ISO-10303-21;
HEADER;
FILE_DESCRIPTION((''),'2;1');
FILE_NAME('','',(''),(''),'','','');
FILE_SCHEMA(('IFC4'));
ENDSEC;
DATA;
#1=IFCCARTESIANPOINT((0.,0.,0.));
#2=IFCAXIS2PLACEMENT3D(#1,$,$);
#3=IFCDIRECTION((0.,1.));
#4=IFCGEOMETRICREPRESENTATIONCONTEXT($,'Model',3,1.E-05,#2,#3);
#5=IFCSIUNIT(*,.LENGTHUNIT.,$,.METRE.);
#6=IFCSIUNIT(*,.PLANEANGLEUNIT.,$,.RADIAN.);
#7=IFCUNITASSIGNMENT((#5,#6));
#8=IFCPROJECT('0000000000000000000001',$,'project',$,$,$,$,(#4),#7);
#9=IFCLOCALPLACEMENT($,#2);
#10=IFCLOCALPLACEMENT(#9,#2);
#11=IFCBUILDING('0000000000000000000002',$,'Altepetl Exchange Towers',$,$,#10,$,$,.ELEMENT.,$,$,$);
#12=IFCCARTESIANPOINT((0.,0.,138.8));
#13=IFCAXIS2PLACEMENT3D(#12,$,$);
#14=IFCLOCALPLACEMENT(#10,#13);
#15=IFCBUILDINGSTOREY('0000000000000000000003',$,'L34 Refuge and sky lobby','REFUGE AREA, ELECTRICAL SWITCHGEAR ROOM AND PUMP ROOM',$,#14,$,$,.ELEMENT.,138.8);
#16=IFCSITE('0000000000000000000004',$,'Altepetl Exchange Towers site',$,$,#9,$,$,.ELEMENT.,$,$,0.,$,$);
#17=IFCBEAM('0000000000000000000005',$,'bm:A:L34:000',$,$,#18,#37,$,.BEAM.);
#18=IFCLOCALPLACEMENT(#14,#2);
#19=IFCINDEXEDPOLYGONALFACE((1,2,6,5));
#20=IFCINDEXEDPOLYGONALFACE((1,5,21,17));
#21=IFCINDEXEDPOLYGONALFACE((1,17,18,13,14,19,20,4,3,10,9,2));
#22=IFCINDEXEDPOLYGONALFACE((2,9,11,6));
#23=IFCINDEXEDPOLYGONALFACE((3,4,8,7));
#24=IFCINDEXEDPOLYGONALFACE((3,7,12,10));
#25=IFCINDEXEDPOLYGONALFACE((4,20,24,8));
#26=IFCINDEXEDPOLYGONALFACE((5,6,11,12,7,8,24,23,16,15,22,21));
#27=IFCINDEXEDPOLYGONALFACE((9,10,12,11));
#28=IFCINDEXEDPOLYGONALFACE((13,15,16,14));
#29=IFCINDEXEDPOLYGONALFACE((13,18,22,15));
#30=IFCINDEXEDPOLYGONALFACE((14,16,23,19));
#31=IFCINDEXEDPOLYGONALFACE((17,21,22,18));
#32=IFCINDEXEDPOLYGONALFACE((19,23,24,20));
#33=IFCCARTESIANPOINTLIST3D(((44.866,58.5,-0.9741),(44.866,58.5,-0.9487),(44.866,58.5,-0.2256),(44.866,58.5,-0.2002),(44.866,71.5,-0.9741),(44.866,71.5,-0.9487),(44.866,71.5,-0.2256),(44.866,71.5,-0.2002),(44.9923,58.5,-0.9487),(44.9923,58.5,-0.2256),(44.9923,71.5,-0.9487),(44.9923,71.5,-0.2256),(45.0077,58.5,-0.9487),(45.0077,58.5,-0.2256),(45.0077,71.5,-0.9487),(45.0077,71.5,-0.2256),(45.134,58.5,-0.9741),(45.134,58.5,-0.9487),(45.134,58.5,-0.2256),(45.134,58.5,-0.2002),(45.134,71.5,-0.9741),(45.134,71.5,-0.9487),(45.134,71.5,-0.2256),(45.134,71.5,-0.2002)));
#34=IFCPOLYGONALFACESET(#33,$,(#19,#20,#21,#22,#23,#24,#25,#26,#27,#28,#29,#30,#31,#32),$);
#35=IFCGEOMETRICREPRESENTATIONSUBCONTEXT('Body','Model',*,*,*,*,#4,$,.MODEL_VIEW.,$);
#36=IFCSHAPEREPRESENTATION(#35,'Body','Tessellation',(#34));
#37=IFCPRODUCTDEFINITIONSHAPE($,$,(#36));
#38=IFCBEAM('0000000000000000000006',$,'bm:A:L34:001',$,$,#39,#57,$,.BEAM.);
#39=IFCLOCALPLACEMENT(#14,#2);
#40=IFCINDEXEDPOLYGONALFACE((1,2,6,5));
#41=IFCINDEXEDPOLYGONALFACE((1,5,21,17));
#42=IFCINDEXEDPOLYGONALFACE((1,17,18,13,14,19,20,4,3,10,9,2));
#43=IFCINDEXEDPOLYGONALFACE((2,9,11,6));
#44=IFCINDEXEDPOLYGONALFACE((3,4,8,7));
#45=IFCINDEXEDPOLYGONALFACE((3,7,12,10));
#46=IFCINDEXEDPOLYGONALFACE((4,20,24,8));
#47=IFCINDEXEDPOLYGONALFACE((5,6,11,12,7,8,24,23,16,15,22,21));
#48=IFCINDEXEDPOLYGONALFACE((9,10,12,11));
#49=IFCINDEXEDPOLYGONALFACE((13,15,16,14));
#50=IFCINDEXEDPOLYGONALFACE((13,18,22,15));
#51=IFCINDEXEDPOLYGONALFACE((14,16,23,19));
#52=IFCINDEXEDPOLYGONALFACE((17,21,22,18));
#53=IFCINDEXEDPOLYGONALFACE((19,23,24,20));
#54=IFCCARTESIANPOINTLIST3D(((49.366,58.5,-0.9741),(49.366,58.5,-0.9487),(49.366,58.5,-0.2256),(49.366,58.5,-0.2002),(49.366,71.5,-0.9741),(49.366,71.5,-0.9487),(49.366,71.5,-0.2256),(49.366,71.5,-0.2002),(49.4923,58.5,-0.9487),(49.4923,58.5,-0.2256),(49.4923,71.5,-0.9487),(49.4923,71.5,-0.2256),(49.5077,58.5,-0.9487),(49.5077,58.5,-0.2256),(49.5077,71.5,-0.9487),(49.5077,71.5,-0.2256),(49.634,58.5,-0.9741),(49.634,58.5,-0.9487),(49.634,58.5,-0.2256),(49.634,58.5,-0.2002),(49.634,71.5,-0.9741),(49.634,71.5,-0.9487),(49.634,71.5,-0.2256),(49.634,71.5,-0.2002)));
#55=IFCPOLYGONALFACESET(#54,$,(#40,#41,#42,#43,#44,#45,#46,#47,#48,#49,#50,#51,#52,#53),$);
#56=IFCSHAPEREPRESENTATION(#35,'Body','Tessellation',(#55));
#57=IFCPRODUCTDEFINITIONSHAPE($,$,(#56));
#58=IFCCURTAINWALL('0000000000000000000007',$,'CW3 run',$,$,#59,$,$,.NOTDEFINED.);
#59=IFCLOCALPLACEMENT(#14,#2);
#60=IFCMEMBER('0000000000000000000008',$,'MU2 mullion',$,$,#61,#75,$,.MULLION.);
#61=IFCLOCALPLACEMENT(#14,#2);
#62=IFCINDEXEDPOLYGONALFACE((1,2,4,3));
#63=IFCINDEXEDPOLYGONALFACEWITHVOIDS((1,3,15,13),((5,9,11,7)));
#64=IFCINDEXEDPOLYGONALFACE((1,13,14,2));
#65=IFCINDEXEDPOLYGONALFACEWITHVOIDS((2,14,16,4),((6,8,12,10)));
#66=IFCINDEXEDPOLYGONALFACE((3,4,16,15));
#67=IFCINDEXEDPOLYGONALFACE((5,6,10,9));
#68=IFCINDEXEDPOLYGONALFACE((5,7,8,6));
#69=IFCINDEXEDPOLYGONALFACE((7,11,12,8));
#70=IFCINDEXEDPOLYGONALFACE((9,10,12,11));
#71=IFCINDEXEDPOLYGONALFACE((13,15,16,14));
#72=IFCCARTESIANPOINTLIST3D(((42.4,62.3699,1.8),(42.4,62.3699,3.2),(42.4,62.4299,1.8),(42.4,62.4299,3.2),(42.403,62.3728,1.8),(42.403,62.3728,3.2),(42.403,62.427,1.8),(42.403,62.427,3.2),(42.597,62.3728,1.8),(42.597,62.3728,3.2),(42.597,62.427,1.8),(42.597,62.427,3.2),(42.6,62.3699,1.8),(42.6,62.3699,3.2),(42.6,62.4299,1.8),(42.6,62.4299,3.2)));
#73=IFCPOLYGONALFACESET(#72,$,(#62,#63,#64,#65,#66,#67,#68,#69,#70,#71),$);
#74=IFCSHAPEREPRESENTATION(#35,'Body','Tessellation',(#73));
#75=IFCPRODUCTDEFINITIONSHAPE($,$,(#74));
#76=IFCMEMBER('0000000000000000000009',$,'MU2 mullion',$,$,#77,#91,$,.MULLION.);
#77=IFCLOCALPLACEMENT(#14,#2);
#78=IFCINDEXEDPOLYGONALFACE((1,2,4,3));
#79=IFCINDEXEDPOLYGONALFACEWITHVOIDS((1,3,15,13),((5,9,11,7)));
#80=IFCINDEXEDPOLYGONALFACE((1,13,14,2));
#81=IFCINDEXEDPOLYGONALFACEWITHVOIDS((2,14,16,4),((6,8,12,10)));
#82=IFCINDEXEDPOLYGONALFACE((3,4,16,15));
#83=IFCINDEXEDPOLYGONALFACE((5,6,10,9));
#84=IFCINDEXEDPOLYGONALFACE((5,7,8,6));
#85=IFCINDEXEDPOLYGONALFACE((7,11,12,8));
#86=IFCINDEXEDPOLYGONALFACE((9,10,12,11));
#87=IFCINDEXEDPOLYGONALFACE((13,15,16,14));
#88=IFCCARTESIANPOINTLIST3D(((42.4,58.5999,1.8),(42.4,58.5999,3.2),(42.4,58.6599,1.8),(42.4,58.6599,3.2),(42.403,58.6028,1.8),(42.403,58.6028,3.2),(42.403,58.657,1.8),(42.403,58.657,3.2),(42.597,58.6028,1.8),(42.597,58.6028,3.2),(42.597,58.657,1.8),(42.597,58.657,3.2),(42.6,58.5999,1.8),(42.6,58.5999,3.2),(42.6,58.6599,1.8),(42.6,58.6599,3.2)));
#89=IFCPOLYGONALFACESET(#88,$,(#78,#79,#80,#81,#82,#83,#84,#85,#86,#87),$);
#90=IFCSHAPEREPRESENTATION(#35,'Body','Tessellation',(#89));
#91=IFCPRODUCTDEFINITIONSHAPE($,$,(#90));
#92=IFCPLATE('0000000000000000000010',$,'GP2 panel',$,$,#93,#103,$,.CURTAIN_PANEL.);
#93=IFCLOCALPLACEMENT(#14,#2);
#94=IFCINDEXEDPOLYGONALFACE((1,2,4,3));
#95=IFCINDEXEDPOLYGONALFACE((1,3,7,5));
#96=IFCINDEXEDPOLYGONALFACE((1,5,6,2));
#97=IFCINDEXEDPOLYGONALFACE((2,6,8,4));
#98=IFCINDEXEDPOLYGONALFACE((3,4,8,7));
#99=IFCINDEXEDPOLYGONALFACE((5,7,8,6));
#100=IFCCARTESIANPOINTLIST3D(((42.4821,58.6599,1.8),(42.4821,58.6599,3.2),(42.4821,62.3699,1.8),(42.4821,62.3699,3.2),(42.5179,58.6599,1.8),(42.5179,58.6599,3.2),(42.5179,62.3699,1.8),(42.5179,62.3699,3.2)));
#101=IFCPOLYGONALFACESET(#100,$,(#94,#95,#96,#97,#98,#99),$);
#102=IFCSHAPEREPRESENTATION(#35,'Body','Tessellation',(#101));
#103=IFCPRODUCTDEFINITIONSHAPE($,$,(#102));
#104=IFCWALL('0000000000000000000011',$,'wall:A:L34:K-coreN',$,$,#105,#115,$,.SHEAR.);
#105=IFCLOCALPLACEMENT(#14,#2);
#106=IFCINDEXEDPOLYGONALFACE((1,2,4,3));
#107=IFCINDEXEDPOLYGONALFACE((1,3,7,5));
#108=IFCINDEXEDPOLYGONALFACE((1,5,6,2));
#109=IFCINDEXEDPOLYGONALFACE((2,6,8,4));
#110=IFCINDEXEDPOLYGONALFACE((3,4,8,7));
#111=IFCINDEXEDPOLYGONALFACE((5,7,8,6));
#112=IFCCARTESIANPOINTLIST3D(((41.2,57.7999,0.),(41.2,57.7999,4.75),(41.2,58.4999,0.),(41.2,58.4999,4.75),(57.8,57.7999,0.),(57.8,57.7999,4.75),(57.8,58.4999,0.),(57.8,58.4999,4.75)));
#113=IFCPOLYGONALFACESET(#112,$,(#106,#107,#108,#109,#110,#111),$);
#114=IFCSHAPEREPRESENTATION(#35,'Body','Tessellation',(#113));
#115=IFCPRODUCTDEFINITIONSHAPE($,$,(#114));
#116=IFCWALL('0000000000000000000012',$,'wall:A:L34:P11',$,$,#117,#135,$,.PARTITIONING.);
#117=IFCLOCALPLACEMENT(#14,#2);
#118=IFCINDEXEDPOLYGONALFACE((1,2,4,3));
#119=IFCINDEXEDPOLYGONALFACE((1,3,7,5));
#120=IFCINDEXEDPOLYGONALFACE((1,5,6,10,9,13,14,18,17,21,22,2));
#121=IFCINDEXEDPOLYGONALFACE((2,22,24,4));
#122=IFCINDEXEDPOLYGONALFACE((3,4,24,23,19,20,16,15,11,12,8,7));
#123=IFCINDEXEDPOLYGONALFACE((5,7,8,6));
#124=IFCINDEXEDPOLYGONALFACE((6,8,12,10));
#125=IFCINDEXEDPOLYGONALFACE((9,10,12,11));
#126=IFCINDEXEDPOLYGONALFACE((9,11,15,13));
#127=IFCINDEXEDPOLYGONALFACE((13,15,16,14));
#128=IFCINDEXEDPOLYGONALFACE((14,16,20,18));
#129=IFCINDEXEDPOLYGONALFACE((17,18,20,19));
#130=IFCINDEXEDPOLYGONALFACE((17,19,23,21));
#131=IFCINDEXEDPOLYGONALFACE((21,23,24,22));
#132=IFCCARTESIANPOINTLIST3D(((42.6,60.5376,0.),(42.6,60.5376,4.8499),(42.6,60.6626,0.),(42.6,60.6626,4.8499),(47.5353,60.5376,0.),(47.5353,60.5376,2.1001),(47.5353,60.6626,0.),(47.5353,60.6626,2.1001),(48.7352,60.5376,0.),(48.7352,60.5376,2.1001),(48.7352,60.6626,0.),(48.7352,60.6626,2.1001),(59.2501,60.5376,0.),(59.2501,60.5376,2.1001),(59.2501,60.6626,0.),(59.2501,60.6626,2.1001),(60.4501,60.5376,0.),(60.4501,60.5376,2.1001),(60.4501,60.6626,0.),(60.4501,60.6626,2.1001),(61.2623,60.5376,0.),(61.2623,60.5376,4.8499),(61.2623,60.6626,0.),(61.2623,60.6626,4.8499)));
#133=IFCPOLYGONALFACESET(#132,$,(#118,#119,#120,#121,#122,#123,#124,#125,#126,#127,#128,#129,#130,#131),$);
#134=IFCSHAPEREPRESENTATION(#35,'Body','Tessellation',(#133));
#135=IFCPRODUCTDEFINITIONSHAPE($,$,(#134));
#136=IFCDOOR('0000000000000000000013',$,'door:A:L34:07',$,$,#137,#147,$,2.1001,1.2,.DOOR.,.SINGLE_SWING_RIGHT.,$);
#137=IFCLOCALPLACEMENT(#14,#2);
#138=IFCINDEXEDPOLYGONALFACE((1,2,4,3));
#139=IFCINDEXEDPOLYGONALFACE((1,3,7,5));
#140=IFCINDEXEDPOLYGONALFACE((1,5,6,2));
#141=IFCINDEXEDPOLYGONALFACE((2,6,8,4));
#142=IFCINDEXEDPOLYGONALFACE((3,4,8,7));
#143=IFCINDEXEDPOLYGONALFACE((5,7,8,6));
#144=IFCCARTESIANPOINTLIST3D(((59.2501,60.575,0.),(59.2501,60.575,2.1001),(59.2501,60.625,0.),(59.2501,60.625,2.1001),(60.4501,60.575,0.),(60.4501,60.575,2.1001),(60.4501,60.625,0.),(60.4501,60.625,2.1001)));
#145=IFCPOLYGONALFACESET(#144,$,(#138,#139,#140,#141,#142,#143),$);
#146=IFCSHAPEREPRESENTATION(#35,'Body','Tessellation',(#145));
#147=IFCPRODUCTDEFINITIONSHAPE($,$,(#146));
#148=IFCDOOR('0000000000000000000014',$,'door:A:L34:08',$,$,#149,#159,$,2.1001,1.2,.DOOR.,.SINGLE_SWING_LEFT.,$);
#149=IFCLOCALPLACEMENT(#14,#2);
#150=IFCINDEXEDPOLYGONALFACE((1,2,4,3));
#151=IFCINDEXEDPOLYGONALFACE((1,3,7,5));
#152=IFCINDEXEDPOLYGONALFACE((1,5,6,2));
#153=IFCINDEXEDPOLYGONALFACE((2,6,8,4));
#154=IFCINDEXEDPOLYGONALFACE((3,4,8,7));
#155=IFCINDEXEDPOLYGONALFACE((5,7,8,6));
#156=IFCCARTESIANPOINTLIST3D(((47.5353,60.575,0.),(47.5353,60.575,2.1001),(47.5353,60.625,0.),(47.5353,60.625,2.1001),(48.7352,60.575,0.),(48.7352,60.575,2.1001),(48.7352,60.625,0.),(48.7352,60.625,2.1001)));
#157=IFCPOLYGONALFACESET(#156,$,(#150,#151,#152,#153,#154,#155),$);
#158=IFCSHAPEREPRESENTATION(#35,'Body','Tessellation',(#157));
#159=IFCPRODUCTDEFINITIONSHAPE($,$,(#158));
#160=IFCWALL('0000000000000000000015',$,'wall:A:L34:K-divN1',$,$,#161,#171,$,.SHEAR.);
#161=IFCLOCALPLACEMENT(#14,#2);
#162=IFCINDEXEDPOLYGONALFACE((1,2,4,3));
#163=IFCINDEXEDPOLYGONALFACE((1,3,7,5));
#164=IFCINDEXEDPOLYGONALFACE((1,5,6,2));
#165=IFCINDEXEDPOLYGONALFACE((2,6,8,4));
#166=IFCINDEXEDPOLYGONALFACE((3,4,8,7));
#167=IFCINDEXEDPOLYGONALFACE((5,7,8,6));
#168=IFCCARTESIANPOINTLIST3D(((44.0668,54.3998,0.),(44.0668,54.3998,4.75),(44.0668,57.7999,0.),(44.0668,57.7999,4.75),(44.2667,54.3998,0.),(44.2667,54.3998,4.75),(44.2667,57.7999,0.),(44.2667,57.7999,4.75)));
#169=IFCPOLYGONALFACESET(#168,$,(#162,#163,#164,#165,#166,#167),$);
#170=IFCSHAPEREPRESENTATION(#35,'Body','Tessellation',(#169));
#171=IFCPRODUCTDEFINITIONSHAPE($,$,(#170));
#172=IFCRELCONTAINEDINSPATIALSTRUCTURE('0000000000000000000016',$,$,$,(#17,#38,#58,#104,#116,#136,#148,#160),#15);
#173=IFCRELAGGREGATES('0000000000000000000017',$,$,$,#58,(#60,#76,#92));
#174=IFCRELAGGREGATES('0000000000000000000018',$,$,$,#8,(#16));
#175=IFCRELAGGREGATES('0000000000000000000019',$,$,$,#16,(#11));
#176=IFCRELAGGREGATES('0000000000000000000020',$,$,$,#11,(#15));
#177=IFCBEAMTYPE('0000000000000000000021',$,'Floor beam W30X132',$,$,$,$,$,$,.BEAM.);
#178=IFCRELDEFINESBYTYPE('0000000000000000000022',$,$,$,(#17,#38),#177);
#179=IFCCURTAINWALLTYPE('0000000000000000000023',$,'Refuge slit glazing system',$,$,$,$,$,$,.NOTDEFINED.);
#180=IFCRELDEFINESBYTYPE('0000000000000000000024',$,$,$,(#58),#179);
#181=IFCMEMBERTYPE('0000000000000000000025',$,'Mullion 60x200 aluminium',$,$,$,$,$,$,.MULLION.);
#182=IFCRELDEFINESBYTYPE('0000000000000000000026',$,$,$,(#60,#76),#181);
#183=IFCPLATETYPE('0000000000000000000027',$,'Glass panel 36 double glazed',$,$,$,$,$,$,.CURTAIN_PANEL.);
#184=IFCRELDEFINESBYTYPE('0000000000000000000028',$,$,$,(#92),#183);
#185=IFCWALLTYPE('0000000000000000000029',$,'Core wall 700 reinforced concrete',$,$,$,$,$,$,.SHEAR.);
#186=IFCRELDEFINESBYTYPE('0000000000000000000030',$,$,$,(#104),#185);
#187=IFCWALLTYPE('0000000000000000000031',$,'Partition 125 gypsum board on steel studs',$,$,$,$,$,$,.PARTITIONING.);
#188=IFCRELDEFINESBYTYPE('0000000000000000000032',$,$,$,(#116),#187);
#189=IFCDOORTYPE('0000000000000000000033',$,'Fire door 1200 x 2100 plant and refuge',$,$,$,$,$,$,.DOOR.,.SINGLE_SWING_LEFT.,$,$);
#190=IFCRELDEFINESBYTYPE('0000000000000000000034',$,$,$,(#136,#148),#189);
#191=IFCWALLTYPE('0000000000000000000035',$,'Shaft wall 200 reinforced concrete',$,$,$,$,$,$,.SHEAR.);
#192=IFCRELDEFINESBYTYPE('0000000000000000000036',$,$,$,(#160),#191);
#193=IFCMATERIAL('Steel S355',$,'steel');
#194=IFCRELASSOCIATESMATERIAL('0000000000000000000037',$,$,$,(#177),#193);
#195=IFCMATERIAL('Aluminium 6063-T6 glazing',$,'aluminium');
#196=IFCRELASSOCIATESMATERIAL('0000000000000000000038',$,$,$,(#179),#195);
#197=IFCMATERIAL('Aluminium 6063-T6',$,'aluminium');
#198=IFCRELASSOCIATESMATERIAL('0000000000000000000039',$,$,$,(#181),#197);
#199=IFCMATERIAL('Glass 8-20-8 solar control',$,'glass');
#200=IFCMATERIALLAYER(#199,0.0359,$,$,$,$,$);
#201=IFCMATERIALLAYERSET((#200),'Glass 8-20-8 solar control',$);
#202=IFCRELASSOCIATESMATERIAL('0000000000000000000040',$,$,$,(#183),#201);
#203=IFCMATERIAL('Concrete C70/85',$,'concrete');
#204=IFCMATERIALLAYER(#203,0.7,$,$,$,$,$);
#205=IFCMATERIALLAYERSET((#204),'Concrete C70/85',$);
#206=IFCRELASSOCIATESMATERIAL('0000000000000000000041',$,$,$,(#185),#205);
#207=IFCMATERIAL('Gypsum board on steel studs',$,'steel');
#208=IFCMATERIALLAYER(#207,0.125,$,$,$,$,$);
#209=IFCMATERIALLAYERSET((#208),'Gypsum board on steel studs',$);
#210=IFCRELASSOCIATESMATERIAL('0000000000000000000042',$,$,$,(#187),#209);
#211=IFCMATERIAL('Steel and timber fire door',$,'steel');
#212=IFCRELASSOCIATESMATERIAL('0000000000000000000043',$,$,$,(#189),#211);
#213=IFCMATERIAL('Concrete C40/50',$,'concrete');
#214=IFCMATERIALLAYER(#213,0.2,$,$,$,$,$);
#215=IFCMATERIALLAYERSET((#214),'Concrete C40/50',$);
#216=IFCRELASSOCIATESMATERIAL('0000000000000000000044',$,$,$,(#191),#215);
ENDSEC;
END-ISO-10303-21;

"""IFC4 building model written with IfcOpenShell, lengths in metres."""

from ifc_helpers import new_model, si_unit, direction, frame, frame_2d, origin, origin_2d, place, context, subcontext, project, spatial, rectangle, hollow_rectangle, i_section, extrude, material, layer, layer_set, material_profile, profile_set, type_object, element, fill, aggregate, save


model = new_model("IFC4")

# Units and contexts
model_context = context("Model", 3, precision=1e-05, world=origin(), true_north=direction((0.0, 1.0)))
body_context = subcontext(model_context, "Body", "Model", "MODEL_VIEW")
ifc_project = project(units=[si_unit("LENGTHUNIT", "METRE"), si_unit("PLANEANGLEUNIT", "RADIAN")], contexts=[model_context])

# Site, building, storey
site_placement = place(None, origin())
site = spatial("IfcSite", under=ifc_project, at=site_placement, Name="Altepetl Exchange Towers site", CompositionType="ELEMENT", RefElevation=0.0)
building_placement = place(site_placement, origin())
building = spatial("IfcBuilding", under=site, at=building_placement, Name="Altepetl Exchange Towers", CompositionType="ELEMENT")
storey_placement = place(building_placement, frame((0.0, 0.0, 138.8)))
storey = spatial("IfcBuildingStorey", under=building, at=storey_placement, Name="L34 Refuge and sky lobby", Description="REFUGE AREA, ELECTRICAL SWITCHGEAR ROOM AND PUMP ROOM", CompositionType="ELEMENT", Elevation=138.8)

# Beams
ifc_material_1 = material(Name="Steel S355", Category="steel")
ifc_material_profile_1 = material_profile(ifc_material_1, i_section(OverallWidth=0.2681, OverallDepth=0.7739, WebThickness=0.0154, FlangeThickness=0.0254, at=origin_2d()), Name="W30X132")
ifc_profile_set_1 = profile_set([ifc_material_profile_1], Name="Steel S355")
beam_type = type_object("IfcBeamType", Name="Floor beam W30X132", PredefinedType="BEAM", material=ifc_profile_set_1)
for number, where, z_axis, x_axis, name in (
    (1, (45.0, 58.5, -0.5872), (0.0, 1.0, 0.0), (-1.0, 0.0, 0.0), "bm:A:L34:000"),
    (2, (49.5, 58.5, -0.5872), (0.0, 1.0, 0.0), (-1.0, 0.0, 0.0), "bm:A:L34:001"),
):
    element("IfcBeam", number, at=place(storey_placement, frame(where, z_axis=z_axis, x_axis=x_axis)), inside=storey, type_object=beam_type, Name=name, PredefinedType="BEAM", context=body_context, shape_type="SweptSolid", body=[
        extrude(i_section(OverallWidth=0.2681, OverallDepth=0.7739, WebThickness=0.0154, FlangeThickness=0.0254, at=origin_2d()), origin(), (0.0, 0.0, 1.0), 13.0),
    ])

# Curtain wall, members, plate
ifc_material_2 = material(Name="Aluminium 6063-T6 glazing", Category="aluminium")
curtain_wall_type = type_object("IfcCurtainWallType", Name="Refuge slit glazing system", PredefinedType="NOTDEFINED", material=ifc_material_2)
curtain_wall_placement = place(storey_placement, origin())
curtain_wall = element("IfcCurtainWall", 3, at=curtain_wall_placement, inside=storey, type_object=curtain_wall_type, Name="CW3 run", PredefinedType="NOTDEFINED")
ifc_material_3 = material(Name="Aluminium 6063-T6", Category="aluminium")
ifc_material_profile_2 = material_profile(ifc_material_3, hollow_rectangle(XDim=0.0601, YDim=0.2, WallThickness=0.0029, at=origin_2d()), Name="Mullion 60x200 aluminium")
ifc_profile_set_2 = profile_set([ifc_material_profile_2], Name="Aluminium 6063-T6")
member_type = type_object("IfcMemberType", Name="Mullion 60x200 aluminium", PredefinedType="MULLION", material=ifc_profile_set_2)
member_1_placement = place(storey_placement, frame((42.5, 62.3999, 1.8), z_axis=(0.0, 0.0, 1.0), x_axis=(0.0, -1.0, 0.0)))
member_1 = element("IfcMember", 4, at=member_1_placement, type_object=member_type, Name="MU2 mullion", PredefinedType="MULLION", context=body_context, shape_type="SweptSolid", body=[
    extrude(hollow_rectangle(XDim=0.0601, YDim=0.2, WallThickness=0.0029, at=origin_2d()), origin(), (0.0, 0.0, 1.0), 1.3999),
])
member_2_placement = place(storey_placement, frame((42.5, 58.6299, 1.8), z_axis=(0.0, 0.0, 1.0), x_axis=(0.0, -1.0, 0.0)))
member_2 = element("IfcMember", 5, at=member_2_placement, type_object=member_type, Name="MU2 mullion", PredefinedType="MULLION", context=body_context, shape_type="SweptSolid", body=[
    extrude(hollow_rectangle(XDim=0.0601, YDim=0.2, WallThickness=0.0029, at=origin_2d()), origin(), (0.0, 0.0, 1.0), 1.3999),
])
ifc_material_4 = material(Name="Glass 8-20-8 solar control", Category="glass")
ifc_layer_1 = layer(ifc_material_4, 0.0359)
ifc_layer_set_1 = layer_set([ifc_layer_1], Name="Glass 8-20-8 solar control")
plate_type = type_object("IfcPlateType", Name="Glass panel 36 double glazed", PredefinedType="CURTAIN_PANEL", material=ifc_layer_set_1)
plate_placement = place(storey_placement, frame((42.5, 60.5149, 1.8), z_axis=(0.0, 0.0, 1.0), x_axis=(0.0, -1.0, 0.0)))
plate = element("IfcPlate", 6, at=plate_placement, type_object=plate_type, Name="GP2 panel", PredefinedType="CURTAIN_PANEL", context=body_context, shape_type="SweptSolid", body=[
    extrude(rectangle(XDim=3.71, YDim=0.0359, at=origin_2d()), origin(), (0.0, 0.0, 1.0), 1.3999),
])
aggregate(curtain_wall, [member_1, member_2, plate])

# Wall
ifc_material_5 = material(Name="Concrete C70/85", Category="concrete")
ifc_layer_2 = layer(ifc_material_5, 0.7)
ifc_layer_set_2 = layer_set([ifc_layer_2], Name="Concrete C70/85")
wall_type_1 = type_object("IfcWallType", Name="Core wall 700 reinforced concrete", PredefinedType="SHEAR", material=ifc_layer_set_2)
wall_1_placement = place(storey_placement, frame((41.2, 58.1499, 0.0)))
element("IfcWall", 7, at=wall_1_placement, inside=storey, type_object=wall_type_1, Name="wall:A:L34:K-coreN", PredefinedType="SHEAR", context=body_context, shape_type="SweptSolid", body=[
    extrude(rectangle(XDim=16.6001, YDim=0.7, at=frame_2d((8.3, 0.0))), origin(), (0.0, 0.0, 1.0), 4.75),
])

# Wall, openings, doors
ifc_material_6 = material(Name="Gypsum board on steel studs", Category="steel")
ifc_layer_3 = layer(ifc_material_6, 0.125)
ifc_layer_set_3 = layer_set([ifc_layer_3], Name="Gypsum board on steel studs")
wall_type_2 = type_object("IfcWallType", Name="Partition 125 gypsum board on steel studs", PredefinedType="PARTITIONING", material=ifc_layer_set_3)
wall_2_placement = place(storey_placement, frame((42.6001, 60.6001, 0.0)))
wall_2 = element("IfcWall", 8, at=wall_2_placement, inside=storey, type_object=wall_type_2, Name="wall:A:L34:P11", PredefinedType="PARTITIONING", context=body_context, shape_type="SweptSolid", body=[
    extrude(rectangle(XDim=18.6624, YDim=0.125, at=frame_2d((9.3311, 0.0))), origin(), (0.0, 0.0, 1.0), 4.8499),
])
opening_1_placement = place(wall_2_placement, frame((16.6499, 0.0, 0.0)))
opening_1 = element("IfcOpeningElement", 9, at=opening_1_placement, cuts=wall_2, PredefinedType="OPENING", context=body_context, shape_type="SweptSolid", body=[
    extrude(rectangle(XDim=1.2, YDim=2.1001, at=frame_2d((0.6001, 1.05))), frame((0.0, 0.0725, 0.0), z_axis=(0.0, -1.0, 0.0), x_axis=(1.0, 0.0, 0.0)), (0.0, 0.0, 1.0), 0.145),
])
opening_2_placement = place(wall_2_placement, frame((4.9351, 0.0, 0.0)))
opening_2 = element("IfcOpeningElement", 10, at=opening_2_placement, cuts=wall_2, PredefinedType="OPENING", context=body_context, shape_type="SweptSolid", body=[
    extrude(rectangle(XDim=1.2, YDim=2.1001, at=frame_2d((0.6001, 1.05))), frame((0.0, 0.0725, 0.0), z_axis=(0.0, -1.0, 0.0), x_axis=(1.0, 0.0, 0.0)), (0.0, 0.0, 1.0), 0.145),
])
ifc_material_7 = material(Name="Steel and timber fire door", Category="steel")
door_type = type_object("IfcDoorType", Name="Fire door 1200 x 2100 plant and refuge", OperationType="SINGLE_SWING_LEFT", PredefinedType="DOOR", material=ifc_material_7)
door_1_placement = place(opening_1_placement, origin())
door_1 = element("IfcDoor", 11, at=door_1_placement, inside=storey, type_object=door_type, Name="door:A:L34:07", OperationType="SINGLE_SWING_RIGHT", OverallHeight=2.1001, OverallWidth=1.2, PredefinedType="DOOR", context=body_context, shape_type="SweptSolid", body=[
    extrude(rectangle(XDim=1.2, YDim=2.1001, at=frame_2d((0.6001, 1.05))), frame((0.0, 0.0249, 0.0), z_axis=(0.0, -1.0, 0.0), x_axis=(1.0, 0.0, 0.0)), (0.0, 0.0, 1.0), 0.05),
])
fill(opening_1, door_1)
door_2_placement = place(opening_2_placement, origin())
door_2 = element("IfcDoor", 12, at=door_2_placement, inside=storey, type_object=door_type, Name="door:A:L34:08", OperationType="SINGLE_SWING_LEFT", OverallHeight=2.1001, OverallWidth=1.2, PredefinedType="DOOR", context=body_context, shape_type="SweptSolid", body=[
    extrude(rectangle(XDim=1.2, YDim=2.1001, at=frame_2d((0.6001, 1.05))), frame((0.0, 0.0249, 0.0), z_axis=(0.0, -1.0, 0.0), x_axis=(1.0, 0.0, 0.0)), (0.0, 0.0, 1.0), 0.05),
])
fill(opening_2, door_2)

# Wall
ifc_material_8 = material(Name="Concrete C40/50", Category="concrete")
ifc_layer_4 = layer(ifc_material_8, 0.2)
ifc_layer_set_4 = layer_set([ifc_layer_4], Name="Concrete C40/50")
wall_type_3 = type_object("IfcWallType", Name="Shaft wall 200 reinforced concrete", PredefinedType="SHEAR", material=ifc_layer_set_4)
wall_3_placement = place(storey_placement, frame((44.1667, 57.8, 0.0), z_axis=(0.0, 0.0, 1.0), x_axis=(0.0, -1.0, 0.0)))
element("IfcWall", 13, at=wall_3_placement, inside=storey, type_object=wall_type_3, Name="wall:A:L34:K-divN1", PredefinedType="SHEAR", context=body_context, shape_type="SweptSolid", body=[
    extrude(rectangle(XDim=3.4001, YDim=0.2, at=frame_2d((1.7002, 0.0))), origin(), (0.0, 0.0, 1.0), 4.75),
])

save(model, "model.ifc")
